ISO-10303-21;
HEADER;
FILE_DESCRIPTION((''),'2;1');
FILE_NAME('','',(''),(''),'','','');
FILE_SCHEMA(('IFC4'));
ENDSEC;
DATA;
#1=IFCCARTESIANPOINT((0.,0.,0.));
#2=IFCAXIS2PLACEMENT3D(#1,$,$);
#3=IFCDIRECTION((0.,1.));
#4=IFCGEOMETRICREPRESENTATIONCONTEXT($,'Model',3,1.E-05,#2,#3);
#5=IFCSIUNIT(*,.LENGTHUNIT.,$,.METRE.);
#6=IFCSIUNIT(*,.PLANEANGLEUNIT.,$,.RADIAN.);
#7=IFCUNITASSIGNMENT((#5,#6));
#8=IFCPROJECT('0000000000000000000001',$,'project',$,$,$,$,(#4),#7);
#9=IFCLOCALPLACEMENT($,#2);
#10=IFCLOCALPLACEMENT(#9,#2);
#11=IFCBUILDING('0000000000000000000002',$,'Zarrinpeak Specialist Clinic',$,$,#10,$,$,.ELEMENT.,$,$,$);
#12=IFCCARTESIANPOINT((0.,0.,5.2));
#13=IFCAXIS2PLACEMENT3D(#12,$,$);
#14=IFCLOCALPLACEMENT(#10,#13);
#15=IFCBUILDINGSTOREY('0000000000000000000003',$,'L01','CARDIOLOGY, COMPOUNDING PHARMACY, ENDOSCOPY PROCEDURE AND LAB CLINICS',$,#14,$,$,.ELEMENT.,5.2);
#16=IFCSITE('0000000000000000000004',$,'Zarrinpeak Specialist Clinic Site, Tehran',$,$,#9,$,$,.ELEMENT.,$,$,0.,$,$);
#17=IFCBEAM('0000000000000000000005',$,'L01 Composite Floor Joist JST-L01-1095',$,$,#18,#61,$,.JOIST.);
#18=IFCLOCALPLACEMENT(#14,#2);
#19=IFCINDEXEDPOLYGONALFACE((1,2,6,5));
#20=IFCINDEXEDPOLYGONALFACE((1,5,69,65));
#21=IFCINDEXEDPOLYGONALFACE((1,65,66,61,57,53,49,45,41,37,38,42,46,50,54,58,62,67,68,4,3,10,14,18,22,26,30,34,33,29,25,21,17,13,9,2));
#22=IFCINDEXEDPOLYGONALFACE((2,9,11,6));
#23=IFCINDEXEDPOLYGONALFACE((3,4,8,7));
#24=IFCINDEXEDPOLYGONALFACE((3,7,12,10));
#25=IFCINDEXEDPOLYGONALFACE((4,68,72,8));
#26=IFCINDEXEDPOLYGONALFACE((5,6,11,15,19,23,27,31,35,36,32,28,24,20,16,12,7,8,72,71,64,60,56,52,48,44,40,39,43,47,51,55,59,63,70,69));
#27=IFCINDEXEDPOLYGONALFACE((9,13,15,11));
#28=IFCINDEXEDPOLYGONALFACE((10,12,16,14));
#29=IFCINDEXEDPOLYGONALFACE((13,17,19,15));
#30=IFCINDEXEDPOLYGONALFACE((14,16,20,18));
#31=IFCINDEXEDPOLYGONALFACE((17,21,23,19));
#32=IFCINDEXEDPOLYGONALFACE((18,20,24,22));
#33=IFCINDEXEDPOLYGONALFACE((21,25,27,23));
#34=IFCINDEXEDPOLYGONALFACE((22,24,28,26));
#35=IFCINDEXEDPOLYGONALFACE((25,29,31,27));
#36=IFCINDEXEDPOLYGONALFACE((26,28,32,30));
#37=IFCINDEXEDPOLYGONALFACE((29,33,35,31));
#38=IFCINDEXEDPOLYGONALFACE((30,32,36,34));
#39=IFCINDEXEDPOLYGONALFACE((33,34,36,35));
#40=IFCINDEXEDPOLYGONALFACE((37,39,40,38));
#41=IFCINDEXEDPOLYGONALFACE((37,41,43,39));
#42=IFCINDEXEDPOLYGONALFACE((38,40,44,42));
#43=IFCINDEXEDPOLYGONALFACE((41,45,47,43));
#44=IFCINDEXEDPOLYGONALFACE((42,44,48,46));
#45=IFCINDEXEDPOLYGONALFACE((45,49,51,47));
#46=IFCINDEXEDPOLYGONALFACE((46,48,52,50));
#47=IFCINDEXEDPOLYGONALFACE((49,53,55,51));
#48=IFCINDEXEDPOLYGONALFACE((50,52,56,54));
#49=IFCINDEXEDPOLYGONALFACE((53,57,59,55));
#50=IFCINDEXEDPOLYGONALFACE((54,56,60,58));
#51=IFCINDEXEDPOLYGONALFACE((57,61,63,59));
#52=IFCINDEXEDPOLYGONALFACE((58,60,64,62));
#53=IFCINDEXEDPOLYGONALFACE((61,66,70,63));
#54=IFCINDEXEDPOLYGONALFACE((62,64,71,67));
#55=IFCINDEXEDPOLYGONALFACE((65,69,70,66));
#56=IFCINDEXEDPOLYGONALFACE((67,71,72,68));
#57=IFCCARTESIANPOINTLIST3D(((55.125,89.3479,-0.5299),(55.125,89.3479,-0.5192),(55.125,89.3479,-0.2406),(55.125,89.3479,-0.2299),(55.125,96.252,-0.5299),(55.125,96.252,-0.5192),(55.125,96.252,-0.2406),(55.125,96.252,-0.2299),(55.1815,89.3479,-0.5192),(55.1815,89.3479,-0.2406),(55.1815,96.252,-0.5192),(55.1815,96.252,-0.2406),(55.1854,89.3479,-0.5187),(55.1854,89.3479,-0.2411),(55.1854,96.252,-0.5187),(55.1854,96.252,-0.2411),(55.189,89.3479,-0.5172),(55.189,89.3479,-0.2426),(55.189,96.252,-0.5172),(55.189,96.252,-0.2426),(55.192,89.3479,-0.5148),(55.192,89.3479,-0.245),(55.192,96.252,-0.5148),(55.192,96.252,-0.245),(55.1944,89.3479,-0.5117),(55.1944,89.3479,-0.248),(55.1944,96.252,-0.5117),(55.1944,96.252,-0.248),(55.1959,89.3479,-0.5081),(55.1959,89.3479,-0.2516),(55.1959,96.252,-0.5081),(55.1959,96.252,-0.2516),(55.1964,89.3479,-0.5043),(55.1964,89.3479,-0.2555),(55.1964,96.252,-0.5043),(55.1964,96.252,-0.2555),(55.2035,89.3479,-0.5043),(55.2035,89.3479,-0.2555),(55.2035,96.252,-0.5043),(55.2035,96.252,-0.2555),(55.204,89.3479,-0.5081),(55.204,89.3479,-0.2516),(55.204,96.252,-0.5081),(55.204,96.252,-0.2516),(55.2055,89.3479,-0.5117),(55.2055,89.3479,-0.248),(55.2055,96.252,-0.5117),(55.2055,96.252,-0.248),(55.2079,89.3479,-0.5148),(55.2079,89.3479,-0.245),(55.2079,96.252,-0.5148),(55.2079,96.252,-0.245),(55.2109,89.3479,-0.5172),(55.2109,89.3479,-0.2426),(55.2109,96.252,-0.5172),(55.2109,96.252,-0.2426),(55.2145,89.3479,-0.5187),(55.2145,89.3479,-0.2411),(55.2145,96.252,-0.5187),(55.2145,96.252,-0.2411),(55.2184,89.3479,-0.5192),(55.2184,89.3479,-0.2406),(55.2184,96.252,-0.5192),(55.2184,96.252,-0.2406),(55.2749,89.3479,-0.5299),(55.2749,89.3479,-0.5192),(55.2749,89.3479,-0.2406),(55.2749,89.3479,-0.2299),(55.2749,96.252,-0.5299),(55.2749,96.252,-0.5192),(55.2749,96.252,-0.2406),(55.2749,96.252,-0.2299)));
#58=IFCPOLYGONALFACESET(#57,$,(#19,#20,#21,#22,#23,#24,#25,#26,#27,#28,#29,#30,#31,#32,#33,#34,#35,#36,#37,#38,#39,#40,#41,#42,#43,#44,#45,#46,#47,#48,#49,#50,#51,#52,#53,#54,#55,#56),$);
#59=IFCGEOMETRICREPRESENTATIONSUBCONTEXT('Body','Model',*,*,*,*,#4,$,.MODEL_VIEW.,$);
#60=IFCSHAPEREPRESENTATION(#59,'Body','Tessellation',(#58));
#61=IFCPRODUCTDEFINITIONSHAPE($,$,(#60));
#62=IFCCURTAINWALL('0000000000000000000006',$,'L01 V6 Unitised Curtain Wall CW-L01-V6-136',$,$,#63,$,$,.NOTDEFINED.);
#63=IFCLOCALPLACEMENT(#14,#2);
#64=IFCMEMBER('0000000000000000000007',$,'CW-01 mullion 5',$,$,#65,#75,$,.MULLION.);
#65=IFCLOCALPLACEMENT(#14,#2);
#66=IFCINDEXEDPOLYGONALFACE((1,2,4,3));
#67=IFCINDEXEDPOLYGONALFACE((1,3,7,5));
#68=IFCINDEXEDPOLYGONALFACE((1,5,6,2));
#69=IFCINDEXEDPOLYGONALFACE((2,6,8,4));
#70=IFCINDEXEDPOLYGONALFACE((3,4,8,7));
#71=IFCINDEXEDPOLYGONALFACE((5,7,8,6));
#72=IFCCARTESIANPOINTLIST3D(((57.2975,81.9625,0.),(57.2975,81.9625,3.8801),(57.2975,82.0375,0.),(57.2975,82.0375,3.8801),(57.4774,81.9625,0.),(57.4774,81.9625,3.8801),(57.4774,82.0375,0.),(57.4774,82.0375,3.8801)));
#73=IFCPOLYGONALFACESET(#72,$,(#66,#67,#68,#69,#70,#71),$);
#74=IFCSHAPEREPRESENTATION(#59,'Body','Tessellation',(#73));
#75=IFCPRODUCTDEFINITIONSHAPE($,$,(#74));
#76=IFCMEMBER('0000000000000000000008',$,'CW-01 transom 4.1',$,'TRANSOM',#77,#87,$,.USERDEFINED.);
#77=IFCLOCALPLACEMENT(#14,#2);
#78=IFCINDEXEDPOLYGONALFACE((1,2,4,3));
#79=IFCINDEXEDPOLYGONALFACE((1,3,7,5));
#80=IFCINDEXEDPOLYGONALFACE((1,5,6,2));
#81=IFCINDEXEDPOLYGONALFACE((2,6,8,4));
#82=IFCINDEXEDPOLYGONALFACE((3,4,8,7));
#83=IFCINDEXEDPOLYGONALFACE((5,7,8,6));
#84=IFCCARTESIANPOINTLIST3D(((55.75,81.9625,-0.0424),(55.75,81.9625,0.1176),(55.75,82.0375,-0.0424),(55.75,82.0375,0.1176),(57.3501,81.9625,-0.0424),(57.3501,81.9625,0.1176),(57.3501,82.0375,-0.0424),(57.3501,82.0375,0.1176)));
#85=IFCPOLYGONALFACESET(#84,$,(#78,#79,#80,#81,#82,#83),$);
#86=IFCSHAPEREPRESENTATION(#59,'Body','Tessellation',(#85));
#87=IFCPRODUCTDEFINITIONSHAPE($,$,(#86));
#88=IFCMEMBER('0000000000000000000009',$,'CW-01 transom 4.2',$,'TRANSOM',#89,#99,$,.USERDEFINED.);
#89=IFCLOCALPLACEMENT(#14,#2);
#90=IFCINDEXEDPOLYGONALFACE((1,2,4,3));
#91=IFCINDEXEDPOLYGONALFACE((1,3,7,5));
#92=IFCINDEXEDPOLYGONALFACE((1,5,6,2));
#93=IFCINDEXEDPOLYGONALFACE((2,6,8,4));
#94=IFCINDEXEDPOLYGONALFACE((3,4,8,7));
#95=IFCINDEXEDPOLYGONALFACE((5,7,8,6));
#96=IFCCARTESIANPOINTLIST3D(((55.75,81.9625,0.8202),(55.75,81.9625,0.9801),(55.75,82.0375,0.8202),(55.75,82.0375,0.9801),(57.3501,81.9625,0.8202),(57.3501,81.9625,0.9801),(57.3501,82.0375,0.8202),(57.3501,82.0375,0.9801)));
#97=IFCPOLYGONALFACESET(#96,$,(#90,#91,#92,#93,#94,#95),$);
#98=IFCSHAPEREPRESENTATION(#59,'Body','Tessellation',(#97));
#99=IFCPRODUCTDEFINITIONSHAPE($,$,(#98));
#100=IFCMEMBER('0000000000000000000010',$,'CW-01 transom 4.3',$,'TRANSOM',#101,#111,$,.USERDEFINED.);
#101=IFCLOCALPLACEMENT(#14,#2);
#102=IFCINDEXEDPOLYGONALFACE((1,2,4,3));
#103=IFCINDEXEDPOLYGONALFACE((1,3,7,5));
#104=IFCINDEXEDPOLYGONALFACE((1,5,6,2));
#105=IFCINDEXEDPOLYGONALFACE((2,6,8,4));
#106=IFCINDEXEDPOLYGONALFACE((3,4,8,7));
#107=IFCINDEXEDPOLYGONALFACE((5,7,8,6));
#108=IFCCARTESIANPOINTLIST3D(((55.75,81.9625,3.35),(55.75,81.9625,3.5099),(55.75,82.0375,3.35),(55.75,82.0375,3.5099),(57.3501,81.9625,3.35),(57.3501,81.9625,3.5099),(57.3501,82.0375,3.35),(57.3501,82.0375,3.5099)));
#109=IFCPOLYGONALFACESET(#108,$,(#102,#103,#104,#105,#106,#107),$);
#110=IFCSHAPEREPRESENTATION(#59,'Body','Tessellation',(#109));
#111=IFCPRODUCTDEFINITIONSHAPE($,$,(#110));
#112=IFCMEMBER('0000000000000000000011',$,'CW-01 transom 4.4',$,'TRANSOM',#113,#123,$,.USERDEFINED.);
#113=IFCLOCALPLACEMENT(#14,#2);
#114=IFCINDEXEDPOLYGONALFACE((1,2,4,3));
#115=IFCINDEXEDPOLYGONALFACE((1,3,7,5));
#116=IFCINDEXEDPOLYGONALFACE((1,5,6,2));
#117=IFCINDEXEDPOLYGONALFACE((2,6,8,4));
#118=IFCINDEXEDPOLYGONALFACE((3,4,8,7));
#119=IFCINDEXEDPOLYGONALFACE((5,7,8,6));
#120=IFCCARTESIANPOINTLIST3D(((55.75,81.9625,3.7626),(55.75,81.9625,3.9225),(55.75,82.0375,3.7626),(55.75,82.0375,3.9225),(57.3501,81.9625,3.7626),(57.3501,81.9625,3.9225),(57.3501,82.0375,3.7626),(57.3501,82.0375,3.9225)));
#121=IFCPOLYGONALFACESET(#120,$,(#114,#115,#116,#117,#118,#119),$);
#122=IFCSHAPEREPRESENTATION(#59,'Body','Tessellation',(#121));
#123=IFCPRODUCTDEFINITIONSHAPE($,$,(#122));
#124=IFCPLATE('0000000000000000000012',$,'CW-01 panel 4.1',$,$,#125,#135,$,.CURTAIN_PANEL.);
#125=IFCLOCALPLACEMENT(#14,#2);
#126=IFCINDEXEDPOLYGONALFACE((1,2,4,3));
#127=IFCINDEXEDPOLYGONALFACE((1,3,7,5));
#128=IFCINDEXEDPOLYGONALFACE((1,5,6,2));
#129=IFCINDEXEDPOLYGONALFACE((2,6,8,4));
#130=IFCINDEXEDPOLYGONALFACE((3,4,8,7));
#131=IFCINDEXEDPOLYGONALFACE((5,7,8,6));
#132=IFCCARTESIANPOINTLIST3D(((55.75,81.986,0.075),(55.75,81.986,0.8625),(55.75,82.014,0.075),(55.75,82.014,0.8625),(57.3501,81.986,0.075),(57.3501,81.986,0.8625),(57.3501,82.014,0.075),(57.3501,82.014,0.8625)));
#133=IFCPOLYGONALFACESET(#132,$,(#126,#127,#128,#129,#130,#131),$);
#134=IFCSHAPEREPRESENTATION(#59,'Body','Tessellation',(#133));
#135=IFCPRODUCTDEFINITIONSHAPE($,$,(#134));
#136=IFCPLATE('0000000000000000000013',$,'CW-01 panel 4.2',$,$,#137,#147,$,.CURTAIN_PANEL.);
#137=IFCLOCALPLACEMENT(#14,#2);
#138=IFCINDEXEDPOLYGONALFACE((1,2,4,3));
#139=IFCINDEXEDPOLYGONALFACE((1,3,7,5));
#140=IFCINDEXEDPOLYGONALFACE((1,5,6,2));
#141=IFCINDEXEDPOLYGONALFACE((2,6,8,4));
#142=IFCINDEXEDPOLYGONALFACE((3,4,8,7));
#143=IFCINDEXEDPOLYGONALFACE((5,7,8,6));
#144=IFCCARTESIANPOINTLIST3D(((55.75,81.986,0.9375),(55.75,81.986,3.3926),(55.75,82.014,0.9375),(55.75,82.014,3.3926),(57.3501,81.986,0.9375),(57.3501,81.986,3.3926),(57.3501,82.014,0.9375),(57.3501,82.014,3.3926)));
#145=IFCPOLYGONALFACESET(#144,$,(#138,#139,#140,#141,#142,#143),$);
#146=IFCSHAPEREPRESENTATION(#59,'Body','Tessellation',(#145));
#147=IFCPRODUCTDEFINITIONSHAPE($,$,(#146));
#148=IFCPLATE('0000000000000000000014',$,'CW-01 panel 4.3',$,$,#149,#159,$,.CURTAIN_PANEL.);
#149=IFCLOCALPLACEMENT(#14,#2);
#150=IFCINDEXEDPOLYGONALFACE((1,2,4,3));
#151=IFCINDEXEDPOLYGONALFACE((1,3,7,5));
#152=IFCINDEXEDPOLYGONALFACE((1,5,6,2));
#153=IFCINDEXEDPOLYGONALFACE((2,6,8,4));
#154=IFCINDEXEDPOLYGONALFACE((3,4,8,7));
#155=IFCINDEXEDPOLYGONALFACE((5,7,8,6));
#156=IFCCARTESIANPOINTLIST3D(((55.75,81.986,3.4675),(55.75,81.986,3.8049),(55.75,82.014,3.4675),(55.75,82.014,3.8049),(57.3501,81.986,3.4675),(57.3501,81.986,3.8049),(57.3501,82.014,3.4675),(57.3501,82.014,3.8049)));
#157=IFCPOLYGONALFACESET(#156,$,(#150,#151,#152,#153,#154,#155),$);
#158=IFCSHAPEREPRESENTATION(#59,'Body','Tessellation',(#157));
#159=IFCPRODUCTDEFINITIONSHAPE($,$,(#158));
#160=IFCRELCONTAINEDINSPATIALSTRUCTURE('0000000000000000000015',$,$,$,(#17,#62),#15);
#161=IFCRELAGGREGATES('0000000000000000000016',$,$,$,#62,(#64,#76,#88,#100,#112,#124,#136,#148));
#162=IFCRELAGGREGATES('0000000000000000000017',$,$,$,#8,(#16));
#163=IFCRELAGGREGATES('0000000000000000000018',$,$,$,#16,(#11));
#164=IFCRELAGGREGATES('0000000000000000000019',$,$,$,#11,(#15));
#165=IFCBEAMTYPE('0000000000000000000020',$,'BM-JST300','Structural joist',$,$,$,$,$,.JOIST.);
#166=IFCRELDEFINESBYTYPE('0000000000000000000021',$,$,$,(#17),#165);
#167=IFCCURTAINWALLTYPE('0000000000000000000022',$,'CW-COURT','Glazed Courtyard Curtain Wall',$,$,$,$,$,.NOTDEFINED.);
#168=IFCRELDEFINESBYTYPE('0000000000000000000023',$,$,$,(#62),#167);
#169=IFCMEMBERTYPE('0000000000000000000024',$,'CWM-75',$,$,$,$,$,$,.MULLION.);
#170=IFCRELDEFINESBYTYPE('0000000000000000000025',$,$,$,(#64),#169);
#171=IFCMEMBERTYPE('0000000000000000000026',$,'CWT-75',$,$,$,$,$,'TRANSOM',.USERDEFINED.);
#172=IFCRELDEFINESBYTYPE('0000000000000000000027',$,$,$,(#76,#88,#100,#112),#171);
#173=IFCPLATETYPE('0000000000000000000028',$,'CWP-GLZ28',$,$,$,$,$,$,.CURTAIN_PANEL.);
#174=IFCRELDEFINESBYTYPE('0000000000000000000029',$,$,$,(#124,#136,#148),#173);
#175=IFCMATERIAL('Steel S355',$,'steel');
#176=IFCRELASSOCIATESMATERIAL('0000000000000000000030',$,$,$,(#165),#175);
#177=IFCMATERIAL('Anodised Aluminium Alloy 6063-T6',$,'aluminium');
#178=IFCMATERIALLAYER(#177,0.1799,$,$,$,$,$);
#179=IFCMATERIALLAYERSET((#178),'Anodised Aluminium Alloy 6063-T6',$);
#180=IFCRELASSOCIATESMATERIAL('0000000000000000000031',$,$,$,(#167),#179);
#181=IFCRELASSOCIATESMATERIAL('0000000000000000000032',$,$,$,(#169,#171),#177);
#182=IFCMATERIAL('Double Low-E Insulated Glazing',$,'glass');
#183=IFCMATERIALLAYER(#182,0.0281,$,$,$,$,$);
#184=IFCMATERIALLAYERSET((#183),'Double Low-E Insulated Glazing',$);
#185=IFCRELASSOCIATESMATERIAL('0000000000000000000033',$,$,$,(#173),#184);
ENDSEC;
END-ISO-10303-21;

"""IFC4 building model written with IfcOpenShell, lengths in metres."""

from ifc_helpers import new_model, si_unit, direction, frame, origin, origin_2d, place, context, subcontext, project, spatial, rectangle, i_section, extrude, material, layer, layer_set, material_profile, profile_set, type_object, element, aggregate, save


model = new_model("IFC4")

# Units and contexts
model_context = context("Model", 3, precision=1e-05, world=origin(), true_north=direction((0.0, 1.0)))
body_context = subcontext(model_context, "Body", "Model", "MODEL_VIEW")
ifc_project = project(units=[si_unit("LENGTHUNIT", "METRE"), si_unit("PLANEANGLEUNIT", "RADIAN")], contexts=[model_context])

# Site, building, storey
site_placement = place(None, origin())
site = spatial("IfcSite", under=ifc_project, at=site_placement, Name="Zarrinpeak Specialist Clinic Site, Tehran", CompositionType="ELEMENT", RefElevation=0.0)
building_placement = place(site_placement, origin())
building = spatial("IfcBuilding", under=site, at=building_placement, Name="Zarrinpeak Specialist Clinic", CompositionType="ELEMENT")
storey_placement = place(building_placement, frame((0.0, 0.0, 5.2)))
storey = spatial("IfcBuildingStorey", under=building, at=storey_placement, Name="L01", Description="CARDIOLOGY, COMPOUNDING PHARMACY, ENDOSCOPY PROCEDURE AND LAB CLINICS", CompositionType="ELEMENT", Elevation=5.2)

# Shared definitions
ifc_material_1 = material(Name="Steel S355", Category="steel")

# Beam
ifc_material_profile_1 = material_profile(ifc_material_1, i_section(OverallWidth=0.1499, OverallDepth=0.3, WebThickness=0.0071, FlangeThickness=0.0107, FilletRadius=0.0149, at=origin_2d()), Name="IPE 300")
ifc_profile_set_1 = profile_set([ifc_material_profile_1], Name="Steel S355")
beam_type_1 = type_object("IfcBeamType", Name="BM-JST300", Description="Structural joist", PredefinedType="JOIST", material=ifc_profile_set_1)
for number, where, z_axis, x_axis, name in (
    (1, (55.2, 89.3479, -0.3799), (0.0, 1.0, 0.0), (-1.0, 0.0, 0.0), "L01 Composite Floor Joist JST-L01-1095"),
):
    element("IfcBeam", number, at=place(storey_placement, frame(where, z_axis=z_axis, x_axis=x_axis)), inside=storey, type_object=beam_type_1, Name=name, PredefinedType="JOIST", context=body_context, shape_type="SweptSolid", body=[
        extrude(i_section(OverallWidth=0.1499, OverallDepth=0.3, WebThickness=0.0071, FlangeThickness=0.0107, FilletRadius=0.0149, at=origin_2d()), origin(), (0.0, 0.0, 1.0), 6.9041),
    ])

# Curtain wall, members, plates
ifc_material_2 = material(Name="Anodised Aluminium Alloy 6063-T6", Category="aluminium")
ifc_layer_1 = layer(ifc_material_2, 0.1799)
ifc_layer_set_1 = layer_set([ifc_layer_1], Name="Anodised Aluminium Alloy 6063-T6")
curtain_wall_type = type_object("IfcCurtainWallType", Name="CW-COURT", Description="Glazed Courtyard Curtain Wall", PredefinedType="NOTDEFINED", material=ifc_layer_set_1)
curtain_wall_placement = place(storey_placement, origin())
curtain_wall = element("IfcCurtainWall", 2, at=curtain_wall_placement, inside=storey, type_object=curtain_wall_type, Name="L01 V6 Unitised Curtain Wall CW-L01-V6-136", PredefinedType="NOTDEFINED")
ifc_material_profile_2 = material_profile(ifc_material_2, rectangle(XDim=0.075, YDim=0.1799, at=origin_2d()), Name="ALU 75x180")
ifc_profile_set_2 = profile_set([ifc_material_profile_2], Name="Anodised Aluminium Alloy 6063-T6")
member_type_1 = type_object("IfcMemberType", Name="CWM-75", PredefinedType="MULLION", material=ifc_profile_set_2)
member_1_placement = place(storey_placement, frame((57.3875, 82.0, 0.0), z_axis=(0.0, 0.0, 1.0), x_axis=(0.0, 1.0, 0.0)))
member_1 = element("IfcMember", 3, at=member_1_placement, type_object=member_type_1, Name="CW-01 mullion 5", PredefinedType="MULLION", context=body_context, shape_type="SweptSolid", body=[
    extrude(rectangle(XDim=0.075, YDim=0.1799, at=origin_2d()), origin(), (0.0, 0.0, 1.0), 3.8801),
])
ifc_material_profile_3 = material_profile(ifc_material_2, rectangle(XDim=0.075, YDim=0.1599, at=origin_2d()), Name="ALU 75x160")
ifc_profile_set_3 = profile_set([ifc_material_profile_3], Name="Anodised Aluminium Alloy 6063-T6")
member_type_2 = type_object("IfcMemberType", Name="CWT-75", ElementType="TRANSOM", PredefinedType="USERDEFINED", material=ifc_profile_set_3)
member_2_placement = place(storey_placement, frame((55.75, 82.0, 0.0376), z_axis=(1.0, 0.0, 0.0), x_axis=(0.0, 1.0, 0.0)))
member_2 = element("IfcMember", 4, at=member_2_placement, type_object=member_type_2, Name="CW-01 transom 4.1", ObjectType="TRANSOM", PredefinedType="USERDEFINED", context=body_context, shape_type="SweptSolid", body=[
    extrude(rectangle(XDim=0.075, YDim=0.1599, at=origin_2d()), origin(), (0.0, 0.0, 1.0), 1.6001),
])
member_3_placement = place(storey_placement, frame((55.75, 82.0, 0.9001), z_axis=(1.0, 0.0, 0.0), x_axis=(0.0, 1.0, 0.0)))
member_3 = element("IfcMember", 5, at=member_3_placement, type_object=member_type_2, Name="CW-01 transom 4.2", ObjectType="TRANSOM", PredefinedType="USERDEFINED", context=body_context, shape_type="SweptSolid", body=[
    extrude(rectangle(XDim=0.075, YDim=0.1599, at=origin_2d()), origin(), (0.0, 0.0, 1.0), 1.6001),
])
member_4_placement = place(storey_placement, frame((55.75, 82.0, 3.4299), z_axis=(1.0, 0.0, 0.0), x_axis=(0.0, 1.0, 0.0)))
member_4 = element("IfcMember", 6, at=member_4_placement, type_object=member_type_2, Name="CW-01 transom 4.3", ObjectType="TRANSOM", PredefinedType="USERDEFINED", context=body_context, shape_type="SweptSolid", body=[
    extrude(rectangle(XDim=0.075, YDim=0.1599, at=origin_2d()), origin(), (0.0, 0.0, 1.0), 1.6001),
])
member_5_placement = place(storey_placement, frame((55.75, 82.0, 3.8425), z_axis=(1.0, 0.0, 0.0), x_axis=(0.0, 1.0, 0.0)))
member_5 = element("IfcMember", 7, at=member_5_placement, type_object=member_type_2, Name="CW-01 transom 4.4", ObjectType="TRANSOM", PredefinedType="USERDEFINED", context=body_context, shape_type="SweptSolid", body=[
    extrude(rectangle(XDim=0.075, YDim=0.1599, at=origin_2d()), origin(), (0.0, 0.0, 1.0), 1.6001),
])
ifc_material_3 = material(Name="Double Low-E Insulated Glazing", Category="glass")
ifc_layer_2 = layer(ifc_material_3, 0.0281)
ifc_layer_set_2 = layer_set([ifc_layer_2], Name="Double Low-E Insulated Glazing")
plate_type = type_object("IfcPlateType", Name="CWP-GLZ28", PredefinedType="CURTAIN_PANEL", material=ifc_layer_set_2)
plate_1_placement = place(storey_placement, frame((56.55, 82.0, 0.075), z_axis=(0.0, 0.0, 1.0), x_axis=(1.0, 0.0, 0.0)))
plate_1 = element("IfcPlate", 8, at=plate_1_placement, type_object=plate_type, Name="CW-01 panel 4.1", PredefinedType="CURTAIN_PANEL", context=body_context, shape_type="SweptSolid", body=[
    extrude(rectangle(XDim=1.6001, YDim=0.0281, at=origin_2d()), origin(), (0.0, 0.0, 1.0), 0.7876),
])
plate_2_placement = place(storey_placement, frame((56.55, 82.0, 0.9375), z_axis=(0.0, 0.0, 1.0), x_axis=(1.0, 0.0, 0.0)))
plate_2 = element("IfcPlate", 9, at=plate_2_placement, type_object=plate_type, Name="CW-01 panel 4.2", PredefinedType="CURTAIN_PANEL", context=body_context, shape_type="SweptSolid", body=[
    extrude(rectangle(XDim=1.6001, YDim=0.0281, at=origin_2d()), origin(), (0.0, 0.0, 1.0), 2.4551),
])
plate_3_placement = place(storey_placement, frame((56.55, 82.0, 3.4675), z_axis=(0.0, 0.0, 1.0), x_axis=(1.0, 0.0, 0.0)))
plate_3 = element("IfcPlate", 10, at=plate_3_placement, type_object=plate_type, Name="CW-01 panel 4.3", PredefinedType="CURTAIN_PANEL", context=body_context, shape_type="SweptSolid", body=[
    extrude(rectangle(XDim=1.6001, YDim=0.0281, at=origin_2d()), origin(), (0.0, 0.0, 1.0), 0.3374),
])
aggregate(curtain_wall, [member_1, member_2, member_3, member_4, member_5, plate_1, plate_2, plate_3])

save(model, "model.ifc")
